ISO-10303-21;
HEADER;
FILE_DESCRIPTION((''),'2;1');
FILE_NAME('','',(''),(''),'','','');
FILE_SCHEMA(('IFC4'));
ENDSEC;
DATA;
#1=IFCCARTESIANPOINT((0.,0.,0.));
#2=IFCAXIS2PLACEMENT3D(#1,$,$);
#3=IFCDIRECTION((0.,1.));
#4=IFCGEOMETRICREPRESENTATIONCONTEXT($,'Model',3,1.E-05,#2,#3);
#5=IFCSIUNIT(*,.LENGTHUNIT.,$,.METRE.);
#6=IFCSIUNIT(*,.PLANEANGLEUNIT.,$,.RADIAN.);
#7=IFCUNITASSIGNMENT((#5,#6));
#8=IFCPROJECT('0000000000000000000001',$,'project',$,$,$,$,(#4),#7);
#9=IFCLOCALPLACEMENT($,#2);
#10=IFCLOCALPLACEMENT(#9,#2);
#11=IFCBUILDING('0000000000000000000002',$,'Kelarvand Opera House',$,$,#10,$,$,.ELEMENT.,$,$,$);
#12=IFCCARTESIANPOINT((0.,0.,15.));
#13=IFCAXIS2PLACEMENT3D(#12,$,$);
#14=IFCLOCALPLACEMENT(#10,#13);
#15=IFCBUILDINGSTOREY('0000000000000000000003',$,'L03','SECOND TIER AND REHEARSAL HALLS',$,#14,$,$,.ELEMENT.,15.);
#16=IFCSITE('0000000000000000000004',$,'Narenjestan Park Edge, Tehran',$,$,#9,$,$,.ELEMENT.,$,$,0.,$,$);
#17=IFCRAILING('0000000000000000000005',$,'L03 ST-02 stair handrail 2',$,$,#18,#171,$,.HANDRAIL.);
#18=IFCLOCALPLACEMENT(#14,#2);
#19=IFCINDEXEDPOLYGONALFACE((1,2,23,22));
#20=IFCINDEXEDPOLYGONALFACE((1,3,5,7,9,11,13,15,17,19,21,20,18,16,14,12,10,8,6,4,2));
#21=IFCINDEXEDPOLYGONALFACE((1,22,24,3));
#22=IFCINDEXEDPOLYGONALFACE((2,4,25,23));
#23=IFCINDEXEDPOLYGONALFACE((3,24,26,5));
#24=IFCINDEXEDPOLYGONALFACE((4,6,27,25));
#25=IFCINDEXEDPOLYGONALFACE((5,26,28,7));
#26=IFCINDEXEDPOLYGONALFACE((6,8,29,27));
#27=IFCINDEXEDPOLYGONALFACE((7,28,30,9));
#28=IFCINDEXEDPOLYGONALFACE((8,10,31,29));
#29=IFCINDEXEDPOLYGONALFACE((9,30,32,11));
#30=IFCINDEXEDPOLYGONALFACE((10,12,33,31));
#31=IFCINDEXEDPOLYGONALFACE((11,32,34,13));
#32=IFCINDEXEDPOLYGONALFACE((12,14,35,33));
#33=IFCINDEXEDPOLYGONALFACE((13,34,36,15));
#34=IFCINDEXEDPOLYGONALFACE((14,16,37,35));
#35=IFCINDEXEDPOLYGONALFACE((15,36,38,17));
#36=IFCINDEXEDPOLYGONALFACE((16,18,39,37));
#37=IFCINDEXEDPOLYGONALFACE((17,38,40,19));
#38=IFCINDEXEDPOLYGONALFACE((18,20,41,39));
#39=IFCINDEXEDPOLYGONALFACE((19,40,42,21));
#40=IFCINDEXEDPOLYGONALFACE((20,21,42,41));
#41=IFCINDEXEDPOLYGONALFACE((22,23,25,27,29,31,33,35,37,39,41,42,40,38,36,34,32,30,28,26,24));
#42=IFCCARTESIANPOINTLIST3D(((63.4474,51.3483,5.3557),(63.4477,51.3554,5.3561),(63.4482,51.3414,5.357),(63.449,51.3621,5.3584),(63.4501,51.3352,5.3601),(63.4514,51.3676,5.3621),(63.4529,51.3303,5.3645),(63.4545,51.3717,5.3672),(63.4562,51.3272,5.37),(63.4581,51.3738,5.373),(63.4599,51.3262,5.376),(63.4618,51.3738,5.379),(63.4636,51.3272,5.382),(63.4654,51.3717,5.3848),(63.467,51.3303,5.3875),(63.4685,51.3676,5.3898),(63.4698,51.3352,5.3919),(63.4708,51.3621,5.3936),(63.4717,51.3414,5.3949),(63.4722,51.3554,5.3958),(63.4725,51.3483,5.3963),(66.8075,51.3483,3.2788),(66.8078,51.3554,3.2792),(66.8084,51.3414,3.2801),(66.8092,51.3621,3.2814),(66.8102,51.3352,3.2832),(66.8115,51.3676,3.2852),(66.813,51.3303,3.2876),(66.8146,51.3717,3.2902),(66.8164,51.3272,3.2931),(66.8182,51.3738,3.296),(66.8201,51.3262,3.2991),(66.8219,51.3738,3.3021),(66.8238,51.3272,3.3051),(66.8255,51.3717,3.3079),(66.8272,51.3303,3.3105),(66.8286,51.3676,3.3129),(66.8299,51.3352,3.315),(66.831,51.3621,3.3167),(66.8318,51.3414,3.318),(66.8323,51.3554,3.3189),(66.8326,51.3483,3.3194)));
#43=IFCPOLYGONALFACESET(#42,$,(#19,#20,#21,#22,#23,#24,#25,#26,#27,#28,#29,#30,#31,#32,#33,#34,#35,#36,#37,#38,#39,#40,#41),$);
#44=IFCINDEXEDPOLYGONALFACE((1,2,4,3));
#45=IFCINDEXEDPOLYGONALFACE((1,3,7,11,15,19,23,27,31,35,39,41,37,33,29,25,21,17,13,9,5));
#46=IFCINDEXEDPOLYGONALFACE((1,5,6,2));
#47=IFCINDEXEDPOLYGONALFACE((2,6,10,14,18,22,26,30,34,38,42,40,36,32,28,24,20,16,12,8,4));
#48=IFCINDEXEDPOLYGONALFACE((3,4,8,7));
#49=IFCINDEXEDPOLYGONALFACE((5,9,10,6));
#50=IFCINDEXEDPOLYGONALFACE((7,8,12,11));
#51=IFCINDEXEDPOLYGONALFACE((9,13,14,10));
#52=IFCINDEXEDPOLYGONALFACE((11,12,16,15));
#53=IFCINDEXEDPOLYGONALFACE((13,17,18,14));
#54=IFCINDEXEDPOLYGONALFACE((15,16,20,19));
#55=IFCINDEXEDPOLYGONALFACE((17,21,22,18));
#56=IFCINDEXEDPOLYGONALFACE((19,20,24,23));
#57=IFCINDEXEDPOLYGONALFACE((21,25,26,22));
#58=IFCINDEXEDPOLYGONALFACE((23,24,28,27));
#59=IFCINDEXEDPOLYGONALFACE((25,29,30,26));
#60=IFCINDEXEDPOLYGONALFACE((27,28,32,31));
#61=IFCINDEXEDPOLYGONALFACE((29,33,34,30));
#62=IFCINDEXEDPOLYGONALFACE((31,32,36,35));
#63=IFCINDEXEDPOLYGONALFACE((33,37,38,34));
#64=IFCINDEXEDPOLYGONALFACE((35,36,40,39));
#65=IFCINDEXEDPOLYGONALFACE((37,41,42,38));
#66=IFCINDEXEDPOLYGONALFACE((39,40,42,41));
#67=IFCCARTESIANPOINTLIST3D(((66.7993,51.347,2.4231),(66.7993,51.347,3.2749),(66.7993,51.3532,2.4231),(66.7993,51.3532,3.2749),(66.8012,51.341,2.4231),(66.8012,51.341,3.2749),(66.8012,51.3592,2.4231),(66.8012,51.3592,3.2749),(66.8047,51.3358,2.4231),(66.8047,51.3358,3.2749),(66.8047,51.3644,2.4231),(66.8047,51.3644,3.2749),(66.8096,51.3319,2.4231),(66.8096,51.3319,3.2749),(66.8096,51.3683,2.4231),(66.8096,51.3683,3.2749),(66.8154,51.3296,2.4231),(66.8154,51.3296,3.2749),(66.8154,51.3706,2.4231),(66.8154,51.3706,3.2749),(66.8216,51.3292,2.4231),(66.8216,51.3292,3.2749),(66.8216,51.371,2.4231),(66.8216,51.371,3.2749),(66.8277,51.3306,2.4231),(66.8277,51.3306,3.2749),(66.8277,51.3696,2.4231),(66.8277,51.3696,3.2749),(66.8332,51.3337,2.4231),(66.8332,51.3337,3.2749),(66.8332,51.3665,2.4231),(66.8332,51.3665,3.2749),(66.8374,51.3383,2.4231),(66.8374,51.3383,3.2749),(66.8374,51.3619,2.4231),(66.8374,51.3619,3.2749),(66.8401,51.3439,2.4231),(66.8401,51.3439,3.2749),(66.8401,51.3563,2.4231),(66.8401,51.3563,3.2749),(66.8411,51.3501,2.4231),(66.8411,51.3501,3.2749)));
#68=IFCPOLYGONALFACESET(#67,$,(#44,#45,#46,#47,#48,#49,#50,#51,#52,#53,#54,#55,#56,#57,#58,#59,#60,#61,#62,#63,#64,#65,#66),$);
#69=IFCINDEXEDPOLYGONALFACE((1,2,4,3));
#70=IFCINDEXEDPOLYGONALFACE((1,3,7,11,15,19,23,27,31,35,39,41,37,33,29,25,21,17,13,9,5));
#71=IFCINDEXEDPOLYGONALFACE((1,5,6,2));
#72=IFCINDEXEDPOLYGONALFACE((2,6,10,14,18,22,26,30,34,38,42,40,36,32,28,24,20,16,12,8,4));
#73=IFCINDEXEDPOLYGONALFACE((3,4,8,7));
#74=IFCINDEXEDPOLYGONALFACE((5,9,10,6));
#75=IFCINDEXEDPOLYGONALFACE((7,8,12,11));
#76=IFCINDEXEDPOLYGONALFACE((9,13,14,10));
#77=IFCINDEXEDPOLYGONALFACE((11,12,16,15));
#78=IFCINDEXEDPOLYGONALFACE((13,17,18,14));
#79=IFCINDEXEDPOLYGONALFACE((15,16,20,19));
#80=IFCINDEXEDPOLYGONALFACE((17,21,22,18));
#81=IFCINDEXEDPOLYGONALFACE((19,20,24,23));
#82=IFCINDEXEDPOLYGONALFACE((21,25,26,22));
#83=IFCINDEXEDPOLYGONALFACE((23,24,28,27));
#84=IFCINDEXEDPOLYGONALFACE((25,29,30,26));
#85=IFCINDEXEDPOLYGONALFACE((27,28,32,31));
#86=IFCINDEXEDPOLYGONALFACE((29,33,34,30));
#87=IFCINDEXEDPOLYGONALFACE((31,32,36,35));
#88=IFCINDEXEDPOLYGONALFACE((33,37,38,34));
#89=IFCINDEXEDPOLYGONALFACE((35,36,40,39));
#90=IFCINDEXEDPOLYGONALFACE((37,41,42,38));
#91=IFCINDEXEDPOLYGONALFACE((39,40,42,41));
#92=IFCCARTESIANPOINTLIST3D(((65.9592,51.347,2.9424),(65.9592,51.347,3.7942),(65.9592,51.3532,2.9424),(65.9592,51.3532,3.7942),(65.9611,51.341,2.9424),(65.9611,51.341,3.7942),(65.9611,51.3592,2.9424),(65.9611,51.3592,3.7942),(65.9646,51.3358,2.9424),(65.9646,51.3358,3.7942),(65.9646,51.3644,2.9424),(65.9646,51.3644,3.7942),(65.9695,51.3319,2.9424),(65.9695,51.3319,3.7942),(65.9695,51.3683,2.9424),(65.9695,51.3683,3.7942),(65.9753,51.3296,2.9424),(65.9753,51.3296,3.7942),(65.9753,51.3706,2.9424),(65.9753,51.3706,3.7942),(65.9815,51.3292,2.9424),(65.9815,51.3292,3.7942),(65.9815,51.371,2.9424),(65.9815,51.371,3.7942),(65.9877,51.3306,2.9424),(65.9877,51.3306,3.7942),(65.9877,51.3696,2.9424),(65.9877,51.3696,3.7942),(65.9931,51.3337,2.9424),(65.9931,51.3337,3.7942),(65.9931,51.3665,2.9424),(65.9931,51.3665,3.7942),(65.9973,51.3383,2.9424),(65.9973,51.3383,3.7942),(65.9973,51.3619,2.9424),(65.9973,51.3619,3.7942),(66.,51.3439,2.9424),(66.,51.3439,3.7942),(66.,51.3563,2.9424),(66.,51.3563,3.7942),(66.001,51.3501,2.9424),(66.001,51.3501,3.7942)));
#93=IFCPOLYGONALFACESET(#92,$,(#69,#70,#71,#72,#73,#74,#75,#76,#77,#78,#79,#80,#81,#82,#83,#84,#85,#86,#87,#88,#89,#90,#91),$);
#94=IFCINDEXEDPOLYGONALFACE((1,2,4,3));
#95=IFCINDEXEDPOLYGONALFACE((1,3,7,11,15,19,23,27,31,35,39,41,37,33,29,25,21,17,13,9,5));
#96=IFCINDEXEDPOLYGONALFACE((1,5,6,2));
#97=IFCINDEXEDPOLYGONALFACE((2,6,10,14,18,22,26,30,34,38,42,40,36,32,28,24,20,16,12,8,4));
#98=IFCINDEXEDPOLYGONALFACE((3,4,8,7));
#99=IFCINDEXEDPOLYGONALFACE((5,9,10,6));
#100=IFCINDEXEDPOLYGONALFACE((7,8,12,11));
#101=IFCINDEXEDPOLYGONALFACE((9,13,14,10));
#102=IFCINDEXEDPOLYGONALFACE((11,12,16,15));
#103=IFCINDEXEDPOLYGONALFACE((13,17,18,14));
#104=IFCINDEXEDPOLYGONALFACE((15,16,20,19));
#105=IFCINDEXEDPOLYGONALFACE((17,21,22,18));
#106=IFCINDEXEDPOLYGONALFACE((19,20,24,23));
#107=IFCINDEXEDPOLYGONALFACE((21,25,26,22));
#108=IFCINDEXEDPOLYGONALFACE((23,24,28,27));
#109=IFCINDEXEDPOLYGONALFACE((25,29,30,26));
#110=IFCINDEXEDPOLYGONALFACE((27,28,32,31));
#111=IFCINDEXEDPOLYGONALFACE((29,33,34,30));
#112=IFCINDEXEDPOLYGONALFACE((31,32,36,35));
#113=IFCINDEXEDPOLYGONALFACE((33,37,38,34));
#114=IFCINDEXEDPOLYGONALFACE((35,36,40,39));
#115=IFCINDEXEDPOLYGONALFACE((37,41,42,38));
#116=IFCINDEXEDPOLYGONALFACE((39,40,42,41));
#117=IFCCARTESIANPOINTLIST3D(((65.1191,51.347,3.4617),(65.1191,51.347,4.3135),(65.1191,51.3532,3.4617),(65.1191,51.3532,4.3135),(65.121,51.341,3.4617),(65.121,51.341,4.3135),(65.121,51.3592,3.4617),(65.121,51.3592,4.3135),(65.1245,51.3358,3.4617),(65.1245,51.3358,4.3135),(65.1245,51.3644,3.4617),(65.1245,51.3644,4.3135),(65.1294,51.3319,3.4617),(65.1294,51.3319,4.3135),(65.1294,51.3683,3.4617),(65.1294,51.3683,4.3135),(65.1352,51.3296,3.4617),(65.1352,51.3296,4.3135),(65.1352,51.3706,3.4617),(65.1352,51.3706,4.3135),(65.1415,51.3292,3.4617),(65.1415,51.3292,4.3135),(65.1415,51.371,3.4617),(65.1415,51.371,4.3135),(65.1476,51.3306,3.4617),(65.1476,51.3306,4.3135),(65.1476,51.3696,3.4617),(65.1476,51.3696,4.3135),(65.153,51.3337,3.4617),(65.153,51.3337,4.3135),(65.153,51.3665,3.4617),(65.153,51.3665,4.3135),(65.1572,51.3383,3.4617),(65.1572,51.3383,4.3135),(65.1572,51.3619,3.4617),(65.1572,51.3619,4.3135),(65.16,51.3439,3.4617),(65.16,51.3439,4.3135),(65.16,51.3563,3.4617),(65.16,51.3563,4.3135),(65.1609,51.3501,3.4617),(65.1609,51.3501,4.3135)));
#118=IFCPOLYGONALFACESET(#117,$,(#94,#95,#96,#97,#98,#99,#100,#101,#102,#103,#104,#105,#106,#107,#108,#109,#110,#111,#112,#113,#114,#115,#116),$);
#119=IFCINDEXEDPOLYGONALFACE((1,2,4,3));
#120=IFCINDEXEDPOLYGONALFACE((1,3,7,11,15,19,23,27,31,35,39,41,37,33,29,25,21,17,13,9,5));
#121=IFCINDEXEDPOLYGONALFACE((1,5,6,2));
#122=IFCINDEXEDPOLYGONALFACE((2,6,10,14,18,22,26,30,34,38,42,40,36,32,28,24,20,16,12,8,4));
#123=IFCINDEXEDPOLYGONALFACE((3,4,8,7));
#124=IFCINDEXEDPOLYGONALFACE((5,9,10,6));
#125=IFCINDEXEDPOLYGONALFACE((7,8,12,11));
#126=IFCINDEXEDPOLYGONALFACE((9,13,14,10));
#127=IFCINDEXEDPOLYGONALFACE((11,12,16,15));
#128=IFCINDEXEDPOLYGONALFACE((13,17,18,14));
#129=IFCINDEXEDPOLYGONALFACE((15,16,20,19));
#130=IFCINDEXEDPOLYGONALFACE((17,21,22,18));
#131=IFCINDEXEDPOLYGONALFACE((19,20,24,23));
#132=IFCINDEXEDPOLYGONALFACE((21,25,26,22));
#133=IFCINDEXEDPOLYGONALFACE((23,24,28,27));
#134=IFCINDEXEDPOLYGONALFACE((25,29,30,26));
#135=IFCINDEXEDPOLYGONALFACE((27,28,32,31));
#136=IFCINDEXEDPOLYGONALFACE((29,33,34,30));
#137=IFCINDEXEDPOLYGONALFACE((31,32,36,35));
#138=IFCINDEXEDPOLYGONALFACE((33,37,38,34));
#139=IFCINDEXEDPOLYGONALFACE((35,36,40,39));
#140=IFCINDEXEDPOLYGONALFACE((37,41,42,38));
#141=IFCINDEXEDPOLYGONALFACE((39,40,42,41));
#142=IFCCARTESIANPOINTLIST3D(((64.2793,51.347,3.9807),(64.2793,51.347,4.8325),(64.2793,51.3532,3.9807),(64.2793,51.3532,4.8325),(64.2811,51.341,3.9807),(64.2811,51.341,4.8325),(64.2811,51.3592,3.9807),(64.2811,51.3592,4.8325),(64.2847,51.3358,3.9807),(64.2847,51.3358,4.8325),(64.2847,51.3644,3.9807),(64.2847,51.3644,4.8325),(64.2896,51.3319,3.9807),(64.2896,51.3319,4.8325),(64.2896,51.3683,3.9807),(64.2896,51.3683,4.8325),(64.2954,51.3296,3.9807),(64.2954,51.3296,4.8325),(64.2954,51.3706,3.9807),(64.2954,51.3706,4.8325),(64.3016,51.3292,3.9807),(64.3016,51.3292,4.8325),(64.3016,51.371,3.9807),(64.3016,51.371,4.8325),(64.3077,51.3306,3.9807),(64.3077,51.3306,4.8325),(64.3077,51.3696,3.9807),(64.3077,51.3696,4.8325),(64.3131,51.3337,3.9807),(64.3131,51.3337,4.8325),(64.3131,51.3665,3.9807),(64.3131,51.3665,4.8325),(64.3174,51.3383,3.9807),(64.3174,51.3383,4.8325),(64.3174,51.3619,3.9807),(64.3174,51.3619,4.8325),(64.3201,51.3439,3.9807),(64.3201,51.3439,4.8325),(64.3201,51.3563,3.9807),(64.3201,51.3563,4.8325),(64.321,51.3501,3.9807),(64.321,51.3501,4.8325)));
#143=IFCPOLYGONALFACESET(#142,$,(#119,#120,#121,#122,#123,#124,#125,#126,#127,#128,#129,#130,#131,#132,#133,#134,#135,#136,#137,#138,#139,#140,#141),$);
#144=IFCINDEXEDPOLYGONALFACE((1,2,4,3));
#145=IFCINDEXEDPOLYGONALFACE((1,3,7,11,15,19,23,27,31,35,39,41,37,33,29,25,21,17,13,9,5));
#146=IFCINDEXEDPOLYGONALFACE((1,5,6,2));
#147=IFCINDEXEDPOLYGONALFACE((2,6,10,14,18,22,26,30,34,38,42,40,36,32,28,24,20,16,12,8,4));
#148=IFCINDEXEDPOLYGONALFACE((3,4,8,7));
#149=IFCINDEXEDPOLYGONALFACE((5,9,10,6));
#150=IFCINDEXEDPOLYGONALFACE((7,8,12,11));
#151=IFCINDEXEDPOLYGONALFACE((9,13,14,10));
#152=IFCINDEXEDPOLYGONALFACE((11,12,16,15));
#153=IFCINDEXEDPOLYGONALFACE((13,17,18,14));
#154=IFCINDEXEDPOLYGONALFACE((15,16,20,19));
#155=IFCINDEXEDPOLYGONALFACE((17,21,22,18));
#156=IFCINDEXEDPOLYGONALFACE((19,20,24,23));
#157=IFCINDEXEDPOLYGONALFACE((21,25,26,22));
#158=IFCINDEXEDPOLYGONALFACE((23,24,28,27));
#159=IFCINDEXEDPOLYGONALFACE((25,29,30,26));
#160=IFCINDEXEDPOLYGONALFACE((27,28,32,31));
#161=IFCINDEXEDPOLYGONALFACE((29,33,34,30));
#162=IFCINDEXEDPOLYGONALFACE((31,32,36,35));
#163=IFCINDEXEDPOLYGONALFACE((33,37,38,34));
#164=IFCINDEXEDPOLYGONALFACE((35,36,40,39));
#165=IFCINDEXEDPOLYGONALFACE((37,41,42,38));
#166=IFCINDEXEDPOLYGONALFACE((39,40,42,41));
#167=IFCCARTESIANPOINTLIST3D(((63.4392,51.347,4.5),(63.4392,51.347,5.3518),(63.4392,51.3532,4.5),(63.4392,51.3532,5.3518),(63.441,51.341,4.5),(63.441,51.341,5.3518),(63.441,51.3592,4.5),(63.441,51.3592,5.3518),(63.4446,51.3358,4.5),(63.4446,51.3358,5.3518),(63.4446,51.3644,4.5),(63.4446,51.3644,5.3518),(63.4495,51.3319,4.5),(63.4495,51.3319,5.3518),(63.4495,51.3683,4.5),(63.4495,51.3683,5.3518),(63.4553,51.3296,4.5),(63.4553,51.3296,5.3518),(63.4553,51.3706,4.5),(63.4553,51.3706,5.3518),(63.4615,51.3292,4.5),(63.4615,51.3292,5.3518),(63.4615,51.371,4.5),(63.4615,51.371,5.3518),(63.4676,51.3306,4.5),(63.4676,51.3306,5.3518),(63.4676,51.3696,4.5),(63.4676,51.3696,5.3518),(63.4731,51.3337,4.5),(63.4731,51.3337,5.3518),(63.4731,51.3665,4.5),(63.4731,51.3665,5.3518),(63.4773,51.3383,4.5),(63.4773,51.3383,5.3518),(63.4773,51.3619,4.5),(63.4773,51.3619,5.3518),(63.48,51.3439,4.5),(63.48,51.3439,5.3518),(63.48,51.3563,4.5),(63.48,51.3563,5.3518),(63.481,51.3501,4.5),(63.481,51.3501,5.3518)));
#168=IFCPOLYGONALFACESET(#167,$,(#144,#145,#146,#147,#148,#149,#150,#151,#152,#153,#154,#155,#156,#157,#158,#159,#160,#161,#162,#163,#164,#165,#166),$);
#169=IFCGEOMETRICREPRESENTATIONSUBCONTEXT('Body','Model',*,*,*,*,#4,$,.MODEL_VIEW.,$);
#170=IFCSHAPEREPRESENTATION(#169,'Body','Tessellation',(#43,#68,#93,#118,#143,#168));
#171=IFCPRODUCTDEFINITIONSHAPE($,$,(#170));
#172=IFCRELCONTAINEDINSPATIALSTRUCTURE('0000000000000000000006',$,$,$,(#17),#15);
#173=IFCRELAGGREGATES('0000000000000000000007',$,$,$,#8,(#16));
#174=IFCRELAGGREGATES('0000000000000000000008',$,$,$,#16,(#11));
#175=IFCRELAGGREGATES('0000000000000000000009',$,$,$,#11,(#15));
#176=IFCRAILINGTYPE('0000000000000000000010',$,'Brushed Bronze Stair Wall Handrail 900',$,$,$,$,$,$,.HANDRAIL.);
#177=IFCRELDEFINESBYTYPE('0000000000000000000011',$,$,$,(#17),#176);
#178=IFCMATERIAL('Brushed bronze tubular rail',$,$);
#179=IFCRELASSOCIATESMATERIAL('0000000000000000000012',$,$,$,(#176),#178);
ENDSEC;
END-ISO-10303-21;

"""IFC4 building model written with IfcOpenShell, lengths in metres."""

from ifc_helpers import new_model, si_unit, direction, frame, origin, origin_2d, place, context, subcontext, project, spatial, circle, extrude, material, type_object, element, save


model = new_model("IFC4")

# Units and contexts
model_context = context("Model", 3, precision=1e-05, world=origin(), true_north=direction((0.0, 1.0)))
body_context = subcontext(model_context, "Body", "Model", "MODEL_VIEW")
ifc_project = project(units=[si_unit("LENGTHUNIT", "METRE"), si_unit("PLANEANGLEUNIT", "RADIAN")], contexts=[model_context])

# Site, building, storey
site_placement = place(None, origin())
site = spatial("IfcSite", under=ifc_project, at=site_placement, Name="Narenjestan Park Edge, Tehran", CompositionType="ELEMENT", RefElevation=0.0)
building_placement = place(site_placement, origin())
building = spatial("IfcBuilding", under=site, at=building_placement, Name="Kelarvand Opera House", CompositionType="ELEMENT")
storey_placement = place(building_placement, frame((0.0, 0.0, 15.0)))
storey = spatial("IfcBuildingStorey", under=building, at=storey_placement, Name="L03", Description="SECOND TIER AND REHEARSAL HALLS", CompositionType="ELEMENT", Elevation=15.0)

# Railing
ifc_material_1 = material(Name="Brushed bronze tubular rail")
railing_type_1 = type_object("IfcRailingType", Name="Brushed Bronze Stair Wall Handrail 900", PredefinedType="HANDRAIL", material=ifc_material_1)
railing_1_placement = place(storey_placement, frame((66.8201, 51.3501, 2.4231)))
element("IfcRailing", 1, at=railing_1_placement, inside=storey, type_object=railing_type_1, Name="L03 ST-02 stair handrail 2", PredefinedType="HANDRAIL", context=body_context, shape_type="SweptSolid", body=[
    extrude(circle(Radius=0.0239, at=origin_2d()), frame((0.0, 0.0, 0.876), z_axis=(-0.850623, 0.0, 0.525776), x_axis=(0.0, -1.0, 0.0)), (0.0, 0.0, 1.0), 3.9502),
    extrude(circle(Radius=0.021, at=origin_2d()), origin(), (0.0, 0.0, 1.0), 0.8518),
    extrude(circle(Radius=0.021, at=origin_2d()), frame((-0.8401, 0.0, 0.5193)), (0.0, 0.0, 1.0), 0.8518),
    extrude(circle(Radius=0.021, at=origin_2d()), frame((-1.6802, 0.0, 1.0386)), (0.0, 0.0, 1.0), 0.8518),
    extrude(circle(Radius=0.021, at=origin_2d()), frame((-2.52, 0.0, 1.5576)), (0.0, 0.0, 1.0), 0.8518),
    extrude(circle(Radius=0.021, at=origin_2d()), frame((-3.3601, 0.0, 2.0769)), (0.0, 0.0, 1.0), 0.8518),
])

save(model, "model.ifc")
